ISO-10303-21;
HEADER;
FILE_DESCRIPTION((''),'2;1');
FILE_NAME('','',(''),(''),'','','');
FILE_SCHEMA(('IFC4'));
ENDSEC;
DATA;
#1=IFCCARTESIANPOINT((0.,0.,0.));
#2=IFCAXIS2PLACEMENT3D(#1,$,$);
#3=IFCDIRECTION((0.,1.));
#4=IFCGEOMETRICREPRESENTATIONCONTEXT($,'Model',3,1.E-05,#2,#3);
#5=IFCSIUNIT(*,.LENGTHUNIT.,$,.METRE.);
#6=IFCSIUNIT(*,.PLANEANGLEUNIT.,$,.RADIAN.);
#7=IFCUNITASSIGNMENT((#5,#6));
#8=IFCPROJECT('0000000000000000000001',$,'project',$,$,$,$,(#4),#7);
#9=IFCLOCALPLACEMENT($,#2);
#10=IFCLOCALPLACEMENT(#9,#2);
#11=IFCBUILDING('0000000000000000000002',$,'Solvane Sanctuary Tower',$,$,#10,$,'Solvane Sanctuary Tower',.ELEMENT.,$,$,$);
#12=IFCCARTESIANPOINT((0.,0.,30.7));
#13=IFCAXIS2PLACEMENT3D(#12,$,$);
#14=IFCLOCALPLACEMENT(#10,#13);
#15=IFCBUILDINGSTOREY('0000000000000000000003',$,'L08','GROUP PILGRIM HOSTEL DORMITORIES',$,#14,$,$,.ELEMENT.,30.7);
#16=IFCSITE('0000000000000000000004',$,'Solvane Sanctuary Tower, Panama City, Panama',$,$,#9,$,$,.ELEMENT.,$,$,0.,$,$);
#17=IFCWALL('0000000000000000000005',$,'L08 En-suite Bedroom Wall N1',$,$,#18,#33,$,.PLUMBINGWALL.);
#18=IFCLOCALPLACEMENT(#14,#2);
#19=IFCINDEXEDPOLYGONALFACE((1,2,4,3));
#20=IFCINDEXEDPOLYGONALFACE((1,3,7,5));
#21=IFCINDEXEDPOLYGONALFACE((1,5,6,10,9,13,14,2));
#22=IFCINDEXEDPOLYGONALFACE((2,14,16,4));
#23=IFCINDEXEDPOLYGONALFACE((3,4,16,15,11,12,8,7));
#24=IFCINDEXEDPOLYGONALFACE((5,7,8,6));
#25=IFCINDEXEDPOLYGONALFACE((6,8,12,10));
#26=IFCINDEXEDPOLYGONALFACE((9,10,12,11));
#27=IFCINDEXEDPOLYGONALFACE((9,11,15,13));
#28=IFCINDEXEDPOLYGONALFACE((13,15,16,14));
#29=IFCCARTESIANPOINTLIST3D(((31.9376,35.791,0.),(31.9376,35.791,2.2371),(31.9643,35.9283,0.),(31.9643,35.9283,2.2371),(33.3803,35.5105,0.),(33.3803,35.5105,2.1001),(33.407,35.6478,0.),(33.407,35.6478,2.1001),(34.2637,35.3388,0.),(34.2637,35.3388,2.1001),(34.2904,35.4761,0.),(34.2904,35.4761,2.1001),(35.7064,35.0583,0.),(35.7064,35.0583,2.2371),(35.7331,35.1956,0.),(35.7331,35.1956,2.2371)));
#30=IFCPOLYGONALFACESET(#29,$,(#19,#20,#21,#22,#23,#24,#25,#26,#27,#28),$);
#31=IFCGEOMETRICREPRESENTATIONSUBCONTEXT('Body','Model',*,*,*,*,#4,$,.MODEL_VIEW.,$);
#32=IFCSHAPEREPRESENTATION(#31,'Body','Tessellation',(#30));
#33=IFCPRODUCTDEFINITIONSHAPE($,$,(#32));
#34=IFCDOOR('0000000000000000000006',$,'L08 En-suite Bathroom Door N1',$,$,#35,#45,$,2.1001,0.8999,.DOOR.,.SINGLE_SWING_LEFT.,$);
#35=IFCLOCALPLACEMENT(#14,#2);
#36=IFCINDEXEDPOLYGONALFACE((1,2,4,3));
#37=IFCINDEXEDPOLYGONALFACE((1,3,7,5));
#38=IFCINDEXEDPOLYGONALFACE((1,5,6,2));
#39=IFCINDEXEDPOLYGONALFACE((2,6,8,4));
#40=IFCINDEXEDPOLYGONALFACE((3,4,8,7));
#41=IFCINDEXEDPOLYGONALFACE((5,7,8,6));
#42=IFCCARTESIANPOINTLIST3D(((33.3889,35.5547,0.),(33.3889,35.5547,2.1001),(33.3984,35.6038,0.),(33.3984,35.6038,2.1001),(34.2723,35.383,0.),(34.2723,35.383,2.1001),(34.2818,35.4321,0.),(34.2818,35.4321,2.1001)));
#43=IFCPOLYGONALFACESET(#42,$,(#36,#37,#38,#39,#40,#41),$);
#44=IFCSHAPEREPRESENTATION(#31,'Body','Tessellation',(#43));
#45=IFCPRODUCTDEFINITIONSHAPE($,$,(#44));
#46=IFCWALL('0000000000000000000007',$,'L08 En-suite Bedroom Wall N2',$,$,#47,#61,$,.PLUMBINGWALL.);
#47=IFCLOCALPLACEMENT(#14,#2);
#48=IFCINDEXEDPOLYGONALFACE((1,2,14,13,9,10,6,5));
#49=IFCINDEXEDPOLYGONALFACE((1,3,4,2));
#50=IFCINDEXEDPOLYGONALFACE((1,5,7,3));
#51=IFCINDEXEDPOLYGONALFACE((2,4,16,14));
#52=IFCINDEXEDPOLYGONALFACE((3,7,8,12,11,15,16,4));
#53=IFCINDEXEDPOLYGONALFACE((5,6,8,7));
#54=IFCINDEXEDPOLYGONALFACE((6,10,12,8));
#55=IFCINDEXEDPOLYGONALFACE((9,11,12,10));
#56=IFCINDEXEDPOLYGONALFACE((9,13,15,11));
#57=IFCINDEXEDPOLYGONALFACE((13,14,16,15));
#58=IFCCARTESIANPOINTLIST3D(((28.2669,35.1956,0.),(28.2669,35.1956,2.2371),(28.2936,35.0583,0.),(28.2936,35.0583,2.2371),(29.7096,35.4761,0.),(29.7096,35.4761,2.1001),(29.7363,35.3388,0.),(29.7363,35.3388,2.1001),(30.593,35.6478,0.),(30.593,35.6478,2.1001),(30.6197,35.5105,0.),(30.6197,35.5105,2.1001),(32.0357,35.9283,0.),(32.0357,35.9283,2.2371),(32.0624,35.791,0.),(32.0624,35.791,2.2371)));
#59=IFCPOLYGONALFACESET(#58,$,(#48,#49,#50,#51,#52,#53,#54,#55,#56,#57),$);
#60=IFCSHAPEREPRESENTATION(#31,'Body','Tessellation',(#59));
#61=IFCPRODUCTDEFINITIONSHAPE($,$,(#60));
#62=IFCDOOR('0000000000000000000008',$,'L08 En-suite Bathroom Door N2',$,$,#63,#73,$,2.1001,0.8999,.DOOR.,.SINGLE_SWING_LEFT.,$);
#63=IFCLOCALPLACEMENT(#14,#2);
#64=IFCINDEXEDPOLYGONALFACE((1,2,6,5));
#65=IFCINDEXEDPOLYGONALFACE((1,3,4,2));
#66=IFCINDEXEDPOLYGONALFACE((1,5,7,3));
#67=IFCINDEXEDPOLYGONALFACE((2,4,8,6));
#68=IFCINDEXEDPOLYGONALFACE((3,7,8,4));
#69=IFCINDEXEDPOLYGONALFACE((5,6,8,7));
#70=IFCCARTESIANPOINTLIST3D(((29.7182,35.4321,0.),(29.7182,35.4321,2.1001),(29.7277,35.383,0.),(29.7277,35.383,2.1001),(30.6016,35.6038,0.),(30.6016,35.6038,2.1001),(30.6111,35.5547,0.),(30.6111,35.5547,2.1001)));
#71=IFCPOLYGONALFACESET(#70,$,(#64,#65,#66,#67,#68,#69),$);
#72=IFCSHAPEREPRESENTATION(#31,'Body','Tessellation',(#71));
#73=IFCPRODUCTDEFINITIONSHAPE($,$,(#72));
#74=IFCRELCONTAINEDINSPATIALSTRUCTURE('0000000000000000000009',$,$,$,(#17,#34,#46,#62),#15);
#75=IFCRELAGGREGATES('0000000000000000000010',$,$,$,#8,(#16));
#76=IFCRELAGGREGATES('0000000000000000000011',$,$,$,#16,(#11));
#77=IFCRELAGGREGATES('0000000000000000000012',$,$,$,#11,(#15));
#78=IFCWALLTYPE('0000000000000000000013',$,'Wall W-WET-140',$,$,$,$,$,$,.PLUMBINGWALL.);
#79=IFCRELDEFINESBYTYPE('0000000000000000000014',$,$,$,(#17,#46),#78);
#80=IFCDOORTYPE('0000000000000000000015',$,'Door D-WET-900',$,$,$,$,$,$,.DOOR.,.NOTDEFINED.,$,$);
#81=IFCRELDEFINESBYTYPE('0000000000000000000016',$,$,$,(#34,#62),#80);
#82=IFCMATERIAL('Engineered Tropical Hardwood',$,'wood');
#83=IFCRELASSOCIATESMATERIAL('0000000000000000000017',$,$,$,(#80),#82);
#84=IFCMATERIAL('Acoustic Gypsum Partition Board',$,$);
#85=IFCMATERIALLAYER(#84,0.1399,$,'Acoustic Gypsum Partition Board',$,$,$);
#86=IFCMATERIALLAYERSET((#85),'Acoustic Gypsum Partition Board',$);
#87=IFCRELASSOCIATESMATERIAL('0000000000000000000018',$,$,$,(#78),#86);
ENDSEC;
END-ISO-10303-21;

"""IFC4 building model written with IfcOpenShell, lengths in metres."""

from ifc_helpers import new_model, si_unit, direction, frame, frame_2d, origin, place, context, subcontext, project, spatial, rectangle, extrude, material, layer, layer_set, type_object, element, fill, save


model = new_model("IFC4")

# Units and contexts
model_context = context("Model", 3, precision=1e-05, world=origin(), true_north=direction((0.0, 1.0)))
body_context = subcontext(model_context, "Body", "Model", "MODEL_VIEW")
ifc_project = project(units=[si_unit("LENGTHUNIT", "METRE"), si_unit("PLANEANGLEUNIT", "RADIAN")], contexts=[model_context])

# Site, building, storey
site_placement = place(None, origin())
site = spatial("IfcSite", under=ifc_project, at=site_placement, Name="Solvane Sanctuary Tower, Panama City, Panama", CompositionType="ELEMENT", RefElevation=0.0)
building_placement = place(site_placement, origin())
building = spatial("IfcBuilding", under=site, at=building_placement, Name="Solvane Sanctuary Tower", LongName="Solvane Sanctuary Tower", CompositionType="ELEMENT")
storey_placement = place(building_placement, frame((0.0, 0.0, 30.7)))
storey = spatial("IfcBuildingStorey", under=building, at=storey_placement, Name="L08", Description="GROUP PILGRIM HOSTEL DORMITORIES", CompositionType="ELEMENT", Elevation=30.7)

# Shared definitions
ifc_material_1 = material(Name="Acoustic Gypsum Partition Board")

# Shared definitions
ifc_material_2 = material(Name="Engineered Tropical Hardwood", Category="wood")
door_type_1 = type_object("IfcDoorType", Name="Door D-WET-900", OperationType="NOTDEFINED", PredefinedType="DOOR", material=ifc_material_2)

# Shared definitions
ifc_layer_1 = layer(ifc_material_1, 0.1399, Name="Acoustic Gypsum Partition Board")
ifc_layer_set_1 = layer_set([ifc_layer_1], Name="Acoustic Gypsum Partition Board")
wall_type_1 = type_object("IfcWallType", Name="Wall W-WET-140", PredefinedType="PLUMBINGWALL", material=ifc_layer_set_1)

# Walls, openings, doors
wall_1_placement = place(storey_placement, frame((35.7197, 35.127, 0.0), z_axis=(0.0, 0.0, 1.0), x_axis=(-0.981623, 0.190831, 0.0)))
wall_1 = element("IfcWall", 1, at=wall_1_placement, inside=storey, type_object=wall_type_1, Name="L08 En-suite Bedroom Wall N1", PredefinedType="PLUMBINGWALL", context=body_context, shape_type="SweptSolid", body=[
    extrude(rectangle(XDim=3.8394, YDim=0.1399, at=frame_2d((1.9197, 0.0))), origin(), (0.0, 0.0, 1.0), 2.2371),
])
opening_1_placement = place(wall_1_placement, frame((1.4697, 0.0, 0.0)))
opening_1 = element("IfcOpeningElement", 2, at=opening_1_placement, cuts=wall_1, PredefinedType="OPENING", context=body_context, shape_type="SweptSolid", body=[
    extrude(rectangle(XDim=0.8999, YDim=2.1001, at=frame_2d((0.45, 1.05))), frame((0.0, 0.0798, 0.0), z_axis=(0.0, -1.0, 0.0), x_axis=(1.0, 0.0, 0.0)), (0.0, 0.0, 1.0), 0.1599),
])
door_1_placement = place(opening_1_placement, origin())
door_1 = element("IfcDoor", 3, at=door_1_placement, inside=storey, type_object=door_type_1, Name="L08 En-suite Bathroom Door N1", OperationType="SINGLE_SWING_LEFT", OverallHeight=2.1001, OverallWidth=0.8999, PredefinedType="DOOR", context=body_context, shape_type="SweptSolid", body=[
    extrude(rectangle(XDim=0.8999, YDim=2.1001, at=frame_2d((0.45, 1.05))), frame((0.0, 0.0249, 0.0), z_axis=(0.0, -1.0, 0.0), x_axis=(1.0, 0.0, 0.0)), (0.0, 0.0, 1.0), 0.05),
])
fill(opening_1, door_1)
wall_2_placement = place(storey_placement, frame((32.0491, 35.8596, 0.0), z_axis=(0.0, 0.0, 1.0), x_axis=(-0.981623, -0.190831, 0.0)))
wall_2 = element("IfcWall", 4, at=wall_2_placement, inside=storey, type_object=wall_type_1, Name="L08 En-suite Bedroom Wall N2", PredefinedType="PLUMBINGWALL", context=body_context, shape_type="SweptSolid", body=[
    extrude(rectangle(XDim=3.8394, YDim=0.1399, at=frame_2d((1.9197, 0.0))), origin(), (0.0, 0.0, 1.0), 2.2371),
])
opening_2_placement = place(wall_2_placement, frame((1.4697, 0.0, 0.0)))
opening_2 = element("IfcOpeningElement", 5, at=opening_2_placement, cuts=wall_2, PredefinedType="OPENING", context=body_context, shape_type="SweptSolid", body=[
    extrude(rectangle(XDim=0.8999, YDim=2.1001, at=frame_2d((0.45, 1.05))), frame((0.0, 0.0798, 0.0), z_axis=(0.0, -1.0, 0.0), x_axis=(1.0, 0.0, 0.0)), (0.0, 0.0, 1.0), 0.1599),
])
door_2_placement = place(opening_2_placement, origin())
door_2 = element("IfcDoor", 6, at=door_2_placement, inside=storey, type_object=door_type_1, Name="L08 En-suite Bathroom Door N2", OperationType="SINGLE_SWING_LEFT", OverallHeight=2.1001, OverallWidth=0.8999, PredefinedType="DOOR", context=body_context, shape_type="SweptSolid", body=[
    extrude(rectangle(XDim=0.8999, YDim=2.1001, at=frame_2d((0.45, 1.05))), frame((0.0, 0.0249, 0.0), z_axis=(0.0, -1.0, 0.0), x_axis=(1.0, 0.0, 0.0)), (0.0, 0.0, 1.0), 0.05),
])
fill(opening_2, door_2)

save(model, "model.ifc")
